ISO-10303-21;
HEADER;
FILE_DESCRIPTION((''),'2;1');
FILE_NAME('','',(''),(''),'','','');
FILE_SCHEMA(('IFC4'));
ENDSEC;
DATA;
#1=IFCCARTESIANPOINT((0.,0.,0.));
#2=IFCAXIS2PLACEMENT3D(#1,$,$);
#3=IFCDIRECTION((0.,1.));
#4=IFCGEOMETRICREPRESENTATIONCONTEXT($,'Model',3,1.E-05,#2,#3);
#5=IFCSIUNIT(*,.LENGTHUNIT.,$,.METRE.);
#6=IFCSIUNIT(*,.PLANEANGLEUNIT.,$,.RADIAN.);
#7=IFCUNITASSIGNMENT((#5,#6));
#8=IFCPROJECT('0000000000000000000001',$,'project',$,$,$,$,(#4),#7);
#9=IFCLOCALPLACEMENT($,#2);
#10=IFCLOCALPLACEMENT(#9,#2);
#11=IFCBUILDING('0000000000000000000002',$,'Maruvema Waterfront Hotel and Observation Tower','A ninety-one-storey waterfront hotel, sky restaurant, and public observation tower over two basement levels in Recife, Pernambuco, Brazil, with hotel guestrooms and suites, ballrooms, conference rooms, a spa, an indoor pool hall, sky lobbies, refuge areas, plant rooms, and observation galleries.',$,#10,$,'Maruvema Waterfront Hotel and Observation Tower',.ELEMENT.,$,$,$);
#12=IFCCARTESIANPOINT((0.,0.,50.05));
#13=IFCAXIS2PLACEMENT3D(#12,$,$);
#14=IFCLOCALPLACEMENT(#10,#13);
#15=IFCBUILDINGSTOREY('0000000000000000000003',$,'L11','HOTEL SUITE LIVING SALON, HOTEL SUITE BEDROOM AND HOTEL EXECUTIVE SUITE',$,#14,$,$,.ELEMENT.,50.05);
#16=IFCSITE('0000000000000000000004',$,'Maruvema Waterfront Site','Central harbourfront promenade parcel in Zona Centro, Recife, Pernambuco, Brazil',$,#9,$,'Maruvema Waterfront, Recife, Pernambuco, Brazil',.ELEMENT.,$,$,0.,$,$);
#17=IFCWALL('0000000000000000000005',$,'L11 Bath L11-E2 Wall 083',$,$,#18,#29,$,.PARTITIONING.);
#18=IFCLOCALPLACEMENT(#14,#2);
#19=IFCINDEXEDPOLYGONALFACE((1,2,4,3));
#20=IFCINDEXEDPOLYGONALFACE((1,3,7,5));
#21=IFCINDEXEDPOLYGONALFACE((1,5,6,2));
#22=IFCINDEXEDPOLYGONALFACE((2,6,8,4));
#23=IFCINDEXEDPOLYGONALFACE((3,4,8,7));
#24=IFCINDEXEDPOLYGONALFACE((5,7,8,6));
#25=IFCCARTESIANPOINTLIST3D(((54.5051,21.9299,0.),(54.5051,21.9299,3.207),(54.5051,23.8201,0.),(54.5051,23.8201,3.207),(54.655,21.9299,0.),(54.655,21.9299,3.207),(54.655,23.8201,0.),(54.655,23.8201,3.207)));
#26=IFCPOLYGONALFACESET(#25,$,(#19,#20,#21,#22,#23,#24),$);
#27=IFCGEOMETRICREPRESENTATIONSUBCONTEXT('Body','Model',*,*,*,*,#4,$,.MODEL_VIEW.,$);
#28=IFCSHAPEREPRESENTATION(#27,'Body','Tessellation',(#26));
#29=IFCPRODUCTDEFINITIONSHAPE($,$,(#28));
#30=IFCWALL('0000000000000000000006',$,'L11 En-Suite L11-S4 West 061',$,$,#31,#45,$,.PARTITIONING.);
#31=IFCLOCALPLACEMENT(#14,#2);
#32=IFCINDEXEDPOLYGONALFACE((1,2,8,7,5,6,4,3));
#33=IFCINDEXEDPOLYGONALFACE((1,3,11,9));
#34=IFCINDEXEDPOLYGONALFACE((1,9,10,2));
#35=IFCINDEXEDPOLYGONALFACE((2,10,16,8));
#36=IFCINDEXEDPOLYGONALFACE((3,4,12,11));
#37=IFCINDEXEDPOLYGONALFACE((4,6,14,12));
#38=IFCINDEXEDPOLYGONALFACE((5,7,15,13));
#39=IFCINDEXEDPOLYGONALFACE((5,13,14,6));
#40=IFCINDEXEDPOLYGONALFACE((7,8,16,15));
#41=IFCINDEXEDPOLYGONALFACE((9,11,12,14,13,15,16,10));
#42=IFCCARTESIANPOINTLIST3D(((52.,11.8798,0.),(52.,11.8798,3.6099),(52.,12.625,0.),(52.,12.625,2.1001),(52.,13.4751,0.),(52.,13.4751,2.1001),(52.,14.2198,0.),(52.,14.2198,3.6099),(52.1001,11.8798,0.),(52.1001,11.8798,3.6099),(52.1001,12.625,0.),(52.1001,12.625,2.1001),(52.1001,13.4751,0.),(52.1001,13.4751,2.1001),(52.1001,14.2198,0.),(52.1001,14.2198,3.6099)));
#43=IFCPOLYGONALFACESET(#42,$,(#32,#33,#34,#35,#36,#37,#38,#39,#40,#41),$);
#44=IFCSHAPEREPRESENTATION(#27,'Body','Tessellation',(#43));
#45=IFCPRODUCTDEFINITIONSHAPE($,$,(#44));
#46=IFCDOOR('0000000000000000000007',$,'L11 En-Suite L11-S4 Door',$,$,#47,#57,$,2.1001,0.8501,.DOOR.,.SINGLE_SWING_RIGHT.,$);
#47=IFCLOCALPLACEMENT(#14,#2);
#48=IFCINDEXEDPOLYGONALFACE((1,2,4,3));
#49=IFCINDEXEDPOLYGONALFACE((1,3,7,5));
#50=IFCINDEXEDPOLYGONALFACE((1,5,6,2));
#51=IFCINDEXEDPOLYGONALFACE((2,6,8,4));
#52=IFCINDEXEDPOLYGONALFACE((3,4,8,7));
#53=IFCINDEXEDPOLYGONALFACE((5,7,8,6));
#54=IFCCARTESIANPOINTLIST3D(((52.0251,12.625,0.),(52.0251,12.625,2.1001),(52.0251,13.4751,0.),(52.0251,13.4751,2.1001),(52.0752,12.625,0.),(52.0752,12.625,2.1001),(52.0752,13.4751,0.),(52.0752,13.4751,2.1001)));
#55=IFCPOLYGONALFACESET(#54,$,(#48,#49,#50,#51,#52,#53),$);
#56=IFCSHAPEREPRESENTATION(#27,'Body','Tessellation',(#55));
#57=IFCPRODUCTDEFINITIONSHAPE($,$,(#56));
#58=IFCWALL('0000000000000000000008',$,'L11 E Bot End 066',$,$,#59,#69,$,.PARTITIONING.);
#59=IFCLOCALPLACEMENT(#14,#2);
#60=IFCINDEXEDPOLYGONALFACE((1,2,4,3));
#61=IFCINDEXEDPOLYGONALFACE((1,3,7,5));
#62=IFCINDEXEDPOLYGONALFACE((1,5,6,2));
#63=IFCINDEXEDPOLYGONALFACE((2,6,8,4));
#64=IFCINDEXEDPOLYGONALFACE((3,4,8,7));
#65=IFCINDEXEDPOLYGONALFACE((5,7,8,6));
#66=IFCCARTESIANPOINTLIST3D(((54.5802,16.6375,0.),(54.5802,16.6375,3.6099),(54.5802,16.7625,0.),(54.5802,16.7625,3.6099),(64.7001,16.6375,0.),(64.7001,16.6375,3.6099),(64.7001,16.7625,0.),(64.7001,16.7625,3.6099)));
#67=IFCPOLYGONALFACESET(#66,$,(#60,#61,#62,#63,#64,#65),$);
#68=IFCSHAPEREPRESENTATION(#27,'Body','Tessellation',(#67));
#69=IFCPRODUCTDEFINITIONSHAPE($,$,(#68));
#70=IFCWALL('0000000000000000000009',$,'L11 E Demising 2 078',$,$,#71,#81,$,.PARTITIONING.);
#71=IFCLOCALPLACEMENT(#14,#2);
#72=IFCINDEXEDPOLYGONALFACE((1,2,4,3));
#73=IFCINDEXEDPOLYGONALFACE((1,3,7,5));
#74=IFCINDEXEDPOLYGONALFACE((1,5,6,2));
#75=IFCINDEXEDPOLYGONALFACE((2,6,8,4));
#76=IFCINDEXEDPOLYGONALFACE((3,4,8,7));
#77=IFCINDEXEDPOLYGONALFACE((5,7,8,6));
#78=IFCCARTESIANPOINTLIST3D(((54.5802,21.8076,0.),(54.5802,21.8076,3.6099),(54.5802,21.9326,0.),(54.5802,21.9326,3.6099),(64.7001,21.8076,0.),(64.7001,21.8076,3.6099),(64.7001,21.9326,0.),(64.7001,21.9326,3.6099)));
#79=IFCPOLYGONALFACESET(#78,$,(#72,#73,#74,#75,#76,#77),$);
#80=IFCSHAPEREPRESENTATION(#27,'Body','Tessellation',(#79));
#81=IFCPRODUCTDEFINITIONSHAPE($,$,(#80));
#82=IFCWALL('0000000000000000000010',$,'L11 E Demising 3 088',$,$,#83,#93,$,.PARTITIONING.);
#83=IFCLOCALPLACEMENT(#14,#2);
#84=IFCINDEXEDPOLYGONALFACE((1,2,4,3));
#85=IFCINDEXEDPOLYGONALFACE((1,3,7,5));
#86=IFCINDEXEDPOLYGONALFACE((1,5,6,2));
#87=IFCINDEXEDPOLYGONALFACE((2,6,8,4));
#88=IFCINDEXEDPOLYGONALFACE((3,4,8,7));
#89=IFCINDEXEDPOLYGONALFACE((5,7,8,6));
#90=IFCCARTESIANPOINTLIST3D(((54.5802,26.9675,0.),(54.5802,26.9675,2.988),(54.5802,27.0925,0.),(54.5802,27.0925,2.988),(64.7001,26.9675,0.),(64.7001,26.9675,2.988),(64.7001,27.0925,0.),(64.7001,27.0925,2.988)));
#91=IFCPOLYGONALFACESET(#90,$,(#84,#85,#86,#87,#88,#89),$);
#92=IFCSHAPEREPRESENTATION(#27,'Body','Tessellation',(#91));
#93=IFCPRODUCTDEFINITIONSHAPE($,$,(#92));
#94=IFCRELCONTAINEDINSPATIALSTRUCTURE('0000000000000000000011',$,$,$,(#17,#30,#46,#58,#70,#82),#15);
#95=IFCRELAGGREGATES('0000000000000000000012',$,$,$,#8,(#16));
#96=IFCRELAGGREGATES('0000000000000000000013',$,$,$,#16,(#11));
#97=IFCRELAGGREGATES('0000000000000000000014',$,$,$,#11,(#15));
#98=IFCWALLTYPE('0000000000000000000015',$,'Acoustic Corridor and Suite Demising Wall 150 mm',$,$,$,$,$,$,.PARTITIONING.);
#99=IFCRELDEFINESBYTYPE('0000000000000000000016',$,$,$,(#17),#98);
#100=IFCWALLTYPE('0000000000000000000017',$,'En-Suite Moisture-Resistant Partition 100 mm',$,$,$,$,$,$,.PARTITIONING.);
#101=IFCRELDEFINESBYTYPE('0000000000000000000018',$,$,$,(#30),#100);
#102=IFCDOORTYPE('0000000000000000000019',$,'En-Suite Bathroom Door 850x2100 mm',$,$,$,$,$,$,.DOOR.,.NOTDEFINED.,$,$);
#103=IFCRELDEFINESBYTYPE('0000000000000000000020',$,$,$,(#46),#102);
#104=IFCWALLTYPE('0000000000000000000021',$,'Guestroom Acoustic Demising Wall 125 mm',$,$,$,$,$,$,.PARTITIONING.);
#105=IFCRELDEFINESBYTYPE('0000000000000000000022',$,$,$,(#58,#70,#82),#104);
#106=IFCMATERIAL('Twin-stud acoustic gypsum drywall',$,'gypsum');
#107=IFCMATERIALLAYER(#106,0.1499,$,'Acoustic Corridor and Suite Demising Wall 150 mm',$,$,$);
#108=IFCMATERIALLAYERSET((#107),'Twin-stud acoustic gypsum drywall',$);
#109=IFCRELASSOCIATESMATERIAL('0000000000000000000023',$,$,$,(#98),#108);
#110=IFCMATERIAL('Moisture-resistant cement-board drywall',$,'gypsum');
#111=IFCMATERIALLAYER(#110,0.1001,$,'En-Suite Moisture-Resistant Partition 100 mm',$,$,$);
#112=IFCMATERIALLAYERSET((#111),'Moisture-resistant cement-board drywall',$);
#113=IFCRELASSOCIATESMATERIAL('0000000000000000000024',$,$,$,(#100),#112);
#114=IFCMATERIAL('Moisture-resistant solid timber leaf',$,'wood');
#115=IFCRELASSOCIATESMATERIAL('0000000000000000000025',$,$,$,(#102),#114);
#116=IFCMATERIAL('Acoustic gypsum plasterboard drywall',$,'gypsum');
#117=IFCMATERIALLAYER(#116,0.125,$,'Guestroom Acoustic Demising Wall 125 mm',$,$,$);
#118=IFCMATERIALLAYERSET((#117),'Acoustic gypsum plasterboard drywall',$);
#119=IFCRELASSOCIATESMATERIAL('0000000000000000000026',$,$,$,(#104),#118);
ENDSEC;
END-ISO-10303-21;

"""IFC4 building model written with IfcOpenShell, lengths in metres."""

from ifc_helpers import new_model, si_unit, direction, frame, frame_2d, origin, place, context, subcontext, project, spatial, rectangle, extrude, material, layer, layer_set, type_object, element, fill, save


model = new_model("IFC4")

# Units and contexts
model_context = context("Model", 3, precision=1e-05, world=origin(), true_north=direction((0.0, 1.0)))
body_context = subcontext(model_context, "Body", "Model", "MODEL_VIEW")
ifc_project = project(units=[si_unit("LENGTHUNIT", "METRE"), si_unit("PLANEANGLEUNIT", "RADIAN")], contexts=[model_context])

# Site, building, storey
site_placement = place(None, origin())
site = spatial("IfcSite", under=ifc_project, at=site_placement, Name="Maruvema Waterfront Site", Description="Central harbourfront promenade parcel in Zona Centro, Recife, Pernambuco, Brazil", LongName="Maruvema Waterfront, Recife, Pernambuco, Brazil", CompositionType="ELEMENT", RefElevation=0.0)
building_placement = place(site_placement, origin())
building = spatial("IfcBuilding", under=site, at=building_placement, Name="Maruvema Waterfront Hotel and Observation Tower", Description="A ninety-one-storey waterfront hotel, sky restaurant, and public observation tower over two basement levels in Recife, Pernambuco, Brazil, with hotel guestrooms and suites, ballrooms, conference rooms, a spa, an indoor pool hall, sky lobbies, refuge areas, plant rooms, and observation galleries.", LongName="Maruvema Waterfront Hotel and Observation Tower", CompositionType="ELEMENT")
storey_placement = place(building_placement, frame((0.0, 0.0, 50.05)))
storey = spatial("IfcBuildingStorey", under=building, at=storey_placement, Name="L11", Description="HOTEL SUITE LIVING SALON, HOTEL SUITE BEDROOM AND HOTEL EXECUTIVE SUITE", CompositionType="ELEMENT", Elevation=50.05)

# Shared definitions
ifc_material_1 = material(Name="Twin-stud acoustic gypsum drywall", Category="gypsum")
ifc_layer_1 = layer(ifc_material_1, 0.1499, Name="Acoustic Corridor and Suite Demising Wall 150 mm")
ifc_layer_set_1 = layer_set([ifc_layer_1], Name="Twin-stud acoustic gypsum drywall")
wall_type_1 = type_object("IfcWallType", Name="Acoustic Corridor and Suite Demising Wall 150 mm", PredefinedType="PARTITIONING", material=ifc_layer_set_1)

# Wall
for number, where, z_axis, x_axis, name in (
    (1, (54.5801, 21.9299, 0.0), (0.0, 0.0, 1.0), (0.0, 1.0, 0.0), "L11 Bath L11-E2 Wall 083"),
):
    element("IfcWall", number, at=place(storey_placement, frame(where, z_axis=z_axis, x_axis=x_axis)), inside=storey, type_object=wall_type_1, Name=name, PredefinedType="PARTITIONING", context=body_context, shape_type="SweptSolid", body=[
        extrude(rectangle(XDim=1.8901, YDim=0.1499, at=frame_2d((0.9451, 0.0))), origin(), (0.0, 0.0, 1.0), 3.207),
    ])

# Wall, opening, door
ifc_material_2 = material(Name="Moisture-resistant cement-board drywall", Category="gypsum")
ifc_layer_2 = layer(ifc_material_2, 0.1001, Name="En-Suite Moisture-Resistant Partition 100 mm")
ifc_layer_set_2 = layer_set([ifc_layer_2], Name="Moisture-resistant cement-board drywall")
wall_type_2 = type_object("IfcWallType", Name="En-Suite Moisture-Resistant Partition 100 mm", PredefinedType="PARTITIONING", material=ifc_layer_set_2)
wall_1_placement = place(storey_placement, frame((52.05, 11.8799, 0.0), z_axis=(0.0, 0.0, 1.0), x_axis=(0.0, 1.0, 0.0)))
wall_1 = element("IfcWall", 2, at=wall_1_placement, inside=storey, type_object=wall_type_2, Name="L11 En-Suite L11-S4 West 061", PredefinedType="PARTITIONING", context=body_context, shape_type="SweptSolid", body=[
    extrude(rectangle(XDim=2.3401, YDim=0.1001, at=frame_2d((1.1699, 0.0))), origin(), (0.0, 0.0, 1.0), 3.6099),
])
opening_1_placement = place(wall_1_placement, frame((0.7451, 0.0, 0.0)))
opening_1 = element("IfcOpeningElement", 3, at=opening_1_placement, cuts=wall_1, PredefinedType="OPENING", context=body_context, shape_type="SweptSolid", body=[
    extrude(rectangle(XDim=0.8501, YDim=2.1001, at=frame_2d((0.425, 1.05))), frame((0.0, 0.0601, 0.0), z_axis=(0.0, -1.0, 0.0), x_axis=(1.0, 0.0, 0.0)), (0.0, 0.0, 1.0), 0.1201),
])
ifc_material_3 = material(Name="Moisture-resistant solid timber leaf", Category="wood")
door_type_1 = type_object("IfcDoorType", Name="En-Suite Bathroom Door 850x2100 mm", OperationType="NOTDEFINED", PredefinedType="DOOR", material=ifc_material_3)
door_1_placement = place(opening_1_placement, origin())
door_1 = element("IfcDoor", 4, at=door_1_placement, inside=storey, type_object=door_type_1, Name="L11 En-Suite L11-S4 Door", OperationType="SINGLE_SWING_RIGHT", OverallHeight=2.1001, OverallWidth=0.8501, PredefinedType="DOOR", context=body_context, shape_type="SweptSolid", body=[
    extrude(rectangle(XDim=0.8501, YDim=2.1001, at=frame_2d((0.425, 1.05))), frame((0.0, 0.0249, 0.0), z_axis=(0.0, -1.0, 0.0), x_axis=(1.0, 0.0, 0.0)), (0.0, 0.0, 1.0), 0.05),
])
fill(opening_1, door_1)

# Walls
ifc_material_4 = material(Name="Acoustic gypsum plasterboard drywall", Category="gypsum")
ifc_layer_3 = layer(ifc_material_4, 0.125, Name="Guestroom Acoustic Demising Wall 125 mm")
ifc_layer_set_3 = layer_set([ifc_layer_3], Name="Acoustic gypsum plasterboard drywall")
wall_type_3 = type_object("IfcWallType", Name="Guestroom Acoustic Demising Wall 125 mm", PredefinedType="PARTITIONING", material=ifc_layer_set_3)
for number, where, z_axis, x_axis, name in (
    (5, (54.5801, 16.7, 0.0), (0.0, 0.0, 1.0), (1.0, 0.0, 0.0), "L11 E Bot End 066"),
    (6, (54.5801, 21.8701, 0.0), (0.0, 0.0, 1.0), (1.0, 0.0, 0.0), "L11 E Demising 2 078"),
):
    element("IfcWall", number, at=place(storey_placement, frame(where, z_axis=z_axis, x_axis=x_axis)), inside=storey, type_object=wall_type_3, Name=name, PredefinedType="PARTITIONING", context=body_context, shape_type="SweptSolid", body=[
        extrude(rectangle(XDim=10.1199, YDim=0.125, at=frame_2d((5.0601, 0.0))), origin(), (0.0, 0.0, 1.0), 3.6099),
    ])
wall_2_placement = place(storey_placement, frame((54.5801, 27.03, 0.0), z_axis=(0.0, 0.0, 1.0), x_axis=(1.0, 0.0, 0.0)))
element("IfcWall", 7, at=wall_2_placement, inside=storey, type_object=wall_type_3, Name="L11 E Demising 3 088", PredefinedType="PARTITIONING", context=body_context, shape_type="SweptSolid", body=[
    extrude(rectangle(XDim=10.1199, YDim=0.125, at=frame_2d((5.0601, 0.0))), origin(), (0.0, 0.0, 1.0), 2.988),
])

save(model, "model.ifc")
